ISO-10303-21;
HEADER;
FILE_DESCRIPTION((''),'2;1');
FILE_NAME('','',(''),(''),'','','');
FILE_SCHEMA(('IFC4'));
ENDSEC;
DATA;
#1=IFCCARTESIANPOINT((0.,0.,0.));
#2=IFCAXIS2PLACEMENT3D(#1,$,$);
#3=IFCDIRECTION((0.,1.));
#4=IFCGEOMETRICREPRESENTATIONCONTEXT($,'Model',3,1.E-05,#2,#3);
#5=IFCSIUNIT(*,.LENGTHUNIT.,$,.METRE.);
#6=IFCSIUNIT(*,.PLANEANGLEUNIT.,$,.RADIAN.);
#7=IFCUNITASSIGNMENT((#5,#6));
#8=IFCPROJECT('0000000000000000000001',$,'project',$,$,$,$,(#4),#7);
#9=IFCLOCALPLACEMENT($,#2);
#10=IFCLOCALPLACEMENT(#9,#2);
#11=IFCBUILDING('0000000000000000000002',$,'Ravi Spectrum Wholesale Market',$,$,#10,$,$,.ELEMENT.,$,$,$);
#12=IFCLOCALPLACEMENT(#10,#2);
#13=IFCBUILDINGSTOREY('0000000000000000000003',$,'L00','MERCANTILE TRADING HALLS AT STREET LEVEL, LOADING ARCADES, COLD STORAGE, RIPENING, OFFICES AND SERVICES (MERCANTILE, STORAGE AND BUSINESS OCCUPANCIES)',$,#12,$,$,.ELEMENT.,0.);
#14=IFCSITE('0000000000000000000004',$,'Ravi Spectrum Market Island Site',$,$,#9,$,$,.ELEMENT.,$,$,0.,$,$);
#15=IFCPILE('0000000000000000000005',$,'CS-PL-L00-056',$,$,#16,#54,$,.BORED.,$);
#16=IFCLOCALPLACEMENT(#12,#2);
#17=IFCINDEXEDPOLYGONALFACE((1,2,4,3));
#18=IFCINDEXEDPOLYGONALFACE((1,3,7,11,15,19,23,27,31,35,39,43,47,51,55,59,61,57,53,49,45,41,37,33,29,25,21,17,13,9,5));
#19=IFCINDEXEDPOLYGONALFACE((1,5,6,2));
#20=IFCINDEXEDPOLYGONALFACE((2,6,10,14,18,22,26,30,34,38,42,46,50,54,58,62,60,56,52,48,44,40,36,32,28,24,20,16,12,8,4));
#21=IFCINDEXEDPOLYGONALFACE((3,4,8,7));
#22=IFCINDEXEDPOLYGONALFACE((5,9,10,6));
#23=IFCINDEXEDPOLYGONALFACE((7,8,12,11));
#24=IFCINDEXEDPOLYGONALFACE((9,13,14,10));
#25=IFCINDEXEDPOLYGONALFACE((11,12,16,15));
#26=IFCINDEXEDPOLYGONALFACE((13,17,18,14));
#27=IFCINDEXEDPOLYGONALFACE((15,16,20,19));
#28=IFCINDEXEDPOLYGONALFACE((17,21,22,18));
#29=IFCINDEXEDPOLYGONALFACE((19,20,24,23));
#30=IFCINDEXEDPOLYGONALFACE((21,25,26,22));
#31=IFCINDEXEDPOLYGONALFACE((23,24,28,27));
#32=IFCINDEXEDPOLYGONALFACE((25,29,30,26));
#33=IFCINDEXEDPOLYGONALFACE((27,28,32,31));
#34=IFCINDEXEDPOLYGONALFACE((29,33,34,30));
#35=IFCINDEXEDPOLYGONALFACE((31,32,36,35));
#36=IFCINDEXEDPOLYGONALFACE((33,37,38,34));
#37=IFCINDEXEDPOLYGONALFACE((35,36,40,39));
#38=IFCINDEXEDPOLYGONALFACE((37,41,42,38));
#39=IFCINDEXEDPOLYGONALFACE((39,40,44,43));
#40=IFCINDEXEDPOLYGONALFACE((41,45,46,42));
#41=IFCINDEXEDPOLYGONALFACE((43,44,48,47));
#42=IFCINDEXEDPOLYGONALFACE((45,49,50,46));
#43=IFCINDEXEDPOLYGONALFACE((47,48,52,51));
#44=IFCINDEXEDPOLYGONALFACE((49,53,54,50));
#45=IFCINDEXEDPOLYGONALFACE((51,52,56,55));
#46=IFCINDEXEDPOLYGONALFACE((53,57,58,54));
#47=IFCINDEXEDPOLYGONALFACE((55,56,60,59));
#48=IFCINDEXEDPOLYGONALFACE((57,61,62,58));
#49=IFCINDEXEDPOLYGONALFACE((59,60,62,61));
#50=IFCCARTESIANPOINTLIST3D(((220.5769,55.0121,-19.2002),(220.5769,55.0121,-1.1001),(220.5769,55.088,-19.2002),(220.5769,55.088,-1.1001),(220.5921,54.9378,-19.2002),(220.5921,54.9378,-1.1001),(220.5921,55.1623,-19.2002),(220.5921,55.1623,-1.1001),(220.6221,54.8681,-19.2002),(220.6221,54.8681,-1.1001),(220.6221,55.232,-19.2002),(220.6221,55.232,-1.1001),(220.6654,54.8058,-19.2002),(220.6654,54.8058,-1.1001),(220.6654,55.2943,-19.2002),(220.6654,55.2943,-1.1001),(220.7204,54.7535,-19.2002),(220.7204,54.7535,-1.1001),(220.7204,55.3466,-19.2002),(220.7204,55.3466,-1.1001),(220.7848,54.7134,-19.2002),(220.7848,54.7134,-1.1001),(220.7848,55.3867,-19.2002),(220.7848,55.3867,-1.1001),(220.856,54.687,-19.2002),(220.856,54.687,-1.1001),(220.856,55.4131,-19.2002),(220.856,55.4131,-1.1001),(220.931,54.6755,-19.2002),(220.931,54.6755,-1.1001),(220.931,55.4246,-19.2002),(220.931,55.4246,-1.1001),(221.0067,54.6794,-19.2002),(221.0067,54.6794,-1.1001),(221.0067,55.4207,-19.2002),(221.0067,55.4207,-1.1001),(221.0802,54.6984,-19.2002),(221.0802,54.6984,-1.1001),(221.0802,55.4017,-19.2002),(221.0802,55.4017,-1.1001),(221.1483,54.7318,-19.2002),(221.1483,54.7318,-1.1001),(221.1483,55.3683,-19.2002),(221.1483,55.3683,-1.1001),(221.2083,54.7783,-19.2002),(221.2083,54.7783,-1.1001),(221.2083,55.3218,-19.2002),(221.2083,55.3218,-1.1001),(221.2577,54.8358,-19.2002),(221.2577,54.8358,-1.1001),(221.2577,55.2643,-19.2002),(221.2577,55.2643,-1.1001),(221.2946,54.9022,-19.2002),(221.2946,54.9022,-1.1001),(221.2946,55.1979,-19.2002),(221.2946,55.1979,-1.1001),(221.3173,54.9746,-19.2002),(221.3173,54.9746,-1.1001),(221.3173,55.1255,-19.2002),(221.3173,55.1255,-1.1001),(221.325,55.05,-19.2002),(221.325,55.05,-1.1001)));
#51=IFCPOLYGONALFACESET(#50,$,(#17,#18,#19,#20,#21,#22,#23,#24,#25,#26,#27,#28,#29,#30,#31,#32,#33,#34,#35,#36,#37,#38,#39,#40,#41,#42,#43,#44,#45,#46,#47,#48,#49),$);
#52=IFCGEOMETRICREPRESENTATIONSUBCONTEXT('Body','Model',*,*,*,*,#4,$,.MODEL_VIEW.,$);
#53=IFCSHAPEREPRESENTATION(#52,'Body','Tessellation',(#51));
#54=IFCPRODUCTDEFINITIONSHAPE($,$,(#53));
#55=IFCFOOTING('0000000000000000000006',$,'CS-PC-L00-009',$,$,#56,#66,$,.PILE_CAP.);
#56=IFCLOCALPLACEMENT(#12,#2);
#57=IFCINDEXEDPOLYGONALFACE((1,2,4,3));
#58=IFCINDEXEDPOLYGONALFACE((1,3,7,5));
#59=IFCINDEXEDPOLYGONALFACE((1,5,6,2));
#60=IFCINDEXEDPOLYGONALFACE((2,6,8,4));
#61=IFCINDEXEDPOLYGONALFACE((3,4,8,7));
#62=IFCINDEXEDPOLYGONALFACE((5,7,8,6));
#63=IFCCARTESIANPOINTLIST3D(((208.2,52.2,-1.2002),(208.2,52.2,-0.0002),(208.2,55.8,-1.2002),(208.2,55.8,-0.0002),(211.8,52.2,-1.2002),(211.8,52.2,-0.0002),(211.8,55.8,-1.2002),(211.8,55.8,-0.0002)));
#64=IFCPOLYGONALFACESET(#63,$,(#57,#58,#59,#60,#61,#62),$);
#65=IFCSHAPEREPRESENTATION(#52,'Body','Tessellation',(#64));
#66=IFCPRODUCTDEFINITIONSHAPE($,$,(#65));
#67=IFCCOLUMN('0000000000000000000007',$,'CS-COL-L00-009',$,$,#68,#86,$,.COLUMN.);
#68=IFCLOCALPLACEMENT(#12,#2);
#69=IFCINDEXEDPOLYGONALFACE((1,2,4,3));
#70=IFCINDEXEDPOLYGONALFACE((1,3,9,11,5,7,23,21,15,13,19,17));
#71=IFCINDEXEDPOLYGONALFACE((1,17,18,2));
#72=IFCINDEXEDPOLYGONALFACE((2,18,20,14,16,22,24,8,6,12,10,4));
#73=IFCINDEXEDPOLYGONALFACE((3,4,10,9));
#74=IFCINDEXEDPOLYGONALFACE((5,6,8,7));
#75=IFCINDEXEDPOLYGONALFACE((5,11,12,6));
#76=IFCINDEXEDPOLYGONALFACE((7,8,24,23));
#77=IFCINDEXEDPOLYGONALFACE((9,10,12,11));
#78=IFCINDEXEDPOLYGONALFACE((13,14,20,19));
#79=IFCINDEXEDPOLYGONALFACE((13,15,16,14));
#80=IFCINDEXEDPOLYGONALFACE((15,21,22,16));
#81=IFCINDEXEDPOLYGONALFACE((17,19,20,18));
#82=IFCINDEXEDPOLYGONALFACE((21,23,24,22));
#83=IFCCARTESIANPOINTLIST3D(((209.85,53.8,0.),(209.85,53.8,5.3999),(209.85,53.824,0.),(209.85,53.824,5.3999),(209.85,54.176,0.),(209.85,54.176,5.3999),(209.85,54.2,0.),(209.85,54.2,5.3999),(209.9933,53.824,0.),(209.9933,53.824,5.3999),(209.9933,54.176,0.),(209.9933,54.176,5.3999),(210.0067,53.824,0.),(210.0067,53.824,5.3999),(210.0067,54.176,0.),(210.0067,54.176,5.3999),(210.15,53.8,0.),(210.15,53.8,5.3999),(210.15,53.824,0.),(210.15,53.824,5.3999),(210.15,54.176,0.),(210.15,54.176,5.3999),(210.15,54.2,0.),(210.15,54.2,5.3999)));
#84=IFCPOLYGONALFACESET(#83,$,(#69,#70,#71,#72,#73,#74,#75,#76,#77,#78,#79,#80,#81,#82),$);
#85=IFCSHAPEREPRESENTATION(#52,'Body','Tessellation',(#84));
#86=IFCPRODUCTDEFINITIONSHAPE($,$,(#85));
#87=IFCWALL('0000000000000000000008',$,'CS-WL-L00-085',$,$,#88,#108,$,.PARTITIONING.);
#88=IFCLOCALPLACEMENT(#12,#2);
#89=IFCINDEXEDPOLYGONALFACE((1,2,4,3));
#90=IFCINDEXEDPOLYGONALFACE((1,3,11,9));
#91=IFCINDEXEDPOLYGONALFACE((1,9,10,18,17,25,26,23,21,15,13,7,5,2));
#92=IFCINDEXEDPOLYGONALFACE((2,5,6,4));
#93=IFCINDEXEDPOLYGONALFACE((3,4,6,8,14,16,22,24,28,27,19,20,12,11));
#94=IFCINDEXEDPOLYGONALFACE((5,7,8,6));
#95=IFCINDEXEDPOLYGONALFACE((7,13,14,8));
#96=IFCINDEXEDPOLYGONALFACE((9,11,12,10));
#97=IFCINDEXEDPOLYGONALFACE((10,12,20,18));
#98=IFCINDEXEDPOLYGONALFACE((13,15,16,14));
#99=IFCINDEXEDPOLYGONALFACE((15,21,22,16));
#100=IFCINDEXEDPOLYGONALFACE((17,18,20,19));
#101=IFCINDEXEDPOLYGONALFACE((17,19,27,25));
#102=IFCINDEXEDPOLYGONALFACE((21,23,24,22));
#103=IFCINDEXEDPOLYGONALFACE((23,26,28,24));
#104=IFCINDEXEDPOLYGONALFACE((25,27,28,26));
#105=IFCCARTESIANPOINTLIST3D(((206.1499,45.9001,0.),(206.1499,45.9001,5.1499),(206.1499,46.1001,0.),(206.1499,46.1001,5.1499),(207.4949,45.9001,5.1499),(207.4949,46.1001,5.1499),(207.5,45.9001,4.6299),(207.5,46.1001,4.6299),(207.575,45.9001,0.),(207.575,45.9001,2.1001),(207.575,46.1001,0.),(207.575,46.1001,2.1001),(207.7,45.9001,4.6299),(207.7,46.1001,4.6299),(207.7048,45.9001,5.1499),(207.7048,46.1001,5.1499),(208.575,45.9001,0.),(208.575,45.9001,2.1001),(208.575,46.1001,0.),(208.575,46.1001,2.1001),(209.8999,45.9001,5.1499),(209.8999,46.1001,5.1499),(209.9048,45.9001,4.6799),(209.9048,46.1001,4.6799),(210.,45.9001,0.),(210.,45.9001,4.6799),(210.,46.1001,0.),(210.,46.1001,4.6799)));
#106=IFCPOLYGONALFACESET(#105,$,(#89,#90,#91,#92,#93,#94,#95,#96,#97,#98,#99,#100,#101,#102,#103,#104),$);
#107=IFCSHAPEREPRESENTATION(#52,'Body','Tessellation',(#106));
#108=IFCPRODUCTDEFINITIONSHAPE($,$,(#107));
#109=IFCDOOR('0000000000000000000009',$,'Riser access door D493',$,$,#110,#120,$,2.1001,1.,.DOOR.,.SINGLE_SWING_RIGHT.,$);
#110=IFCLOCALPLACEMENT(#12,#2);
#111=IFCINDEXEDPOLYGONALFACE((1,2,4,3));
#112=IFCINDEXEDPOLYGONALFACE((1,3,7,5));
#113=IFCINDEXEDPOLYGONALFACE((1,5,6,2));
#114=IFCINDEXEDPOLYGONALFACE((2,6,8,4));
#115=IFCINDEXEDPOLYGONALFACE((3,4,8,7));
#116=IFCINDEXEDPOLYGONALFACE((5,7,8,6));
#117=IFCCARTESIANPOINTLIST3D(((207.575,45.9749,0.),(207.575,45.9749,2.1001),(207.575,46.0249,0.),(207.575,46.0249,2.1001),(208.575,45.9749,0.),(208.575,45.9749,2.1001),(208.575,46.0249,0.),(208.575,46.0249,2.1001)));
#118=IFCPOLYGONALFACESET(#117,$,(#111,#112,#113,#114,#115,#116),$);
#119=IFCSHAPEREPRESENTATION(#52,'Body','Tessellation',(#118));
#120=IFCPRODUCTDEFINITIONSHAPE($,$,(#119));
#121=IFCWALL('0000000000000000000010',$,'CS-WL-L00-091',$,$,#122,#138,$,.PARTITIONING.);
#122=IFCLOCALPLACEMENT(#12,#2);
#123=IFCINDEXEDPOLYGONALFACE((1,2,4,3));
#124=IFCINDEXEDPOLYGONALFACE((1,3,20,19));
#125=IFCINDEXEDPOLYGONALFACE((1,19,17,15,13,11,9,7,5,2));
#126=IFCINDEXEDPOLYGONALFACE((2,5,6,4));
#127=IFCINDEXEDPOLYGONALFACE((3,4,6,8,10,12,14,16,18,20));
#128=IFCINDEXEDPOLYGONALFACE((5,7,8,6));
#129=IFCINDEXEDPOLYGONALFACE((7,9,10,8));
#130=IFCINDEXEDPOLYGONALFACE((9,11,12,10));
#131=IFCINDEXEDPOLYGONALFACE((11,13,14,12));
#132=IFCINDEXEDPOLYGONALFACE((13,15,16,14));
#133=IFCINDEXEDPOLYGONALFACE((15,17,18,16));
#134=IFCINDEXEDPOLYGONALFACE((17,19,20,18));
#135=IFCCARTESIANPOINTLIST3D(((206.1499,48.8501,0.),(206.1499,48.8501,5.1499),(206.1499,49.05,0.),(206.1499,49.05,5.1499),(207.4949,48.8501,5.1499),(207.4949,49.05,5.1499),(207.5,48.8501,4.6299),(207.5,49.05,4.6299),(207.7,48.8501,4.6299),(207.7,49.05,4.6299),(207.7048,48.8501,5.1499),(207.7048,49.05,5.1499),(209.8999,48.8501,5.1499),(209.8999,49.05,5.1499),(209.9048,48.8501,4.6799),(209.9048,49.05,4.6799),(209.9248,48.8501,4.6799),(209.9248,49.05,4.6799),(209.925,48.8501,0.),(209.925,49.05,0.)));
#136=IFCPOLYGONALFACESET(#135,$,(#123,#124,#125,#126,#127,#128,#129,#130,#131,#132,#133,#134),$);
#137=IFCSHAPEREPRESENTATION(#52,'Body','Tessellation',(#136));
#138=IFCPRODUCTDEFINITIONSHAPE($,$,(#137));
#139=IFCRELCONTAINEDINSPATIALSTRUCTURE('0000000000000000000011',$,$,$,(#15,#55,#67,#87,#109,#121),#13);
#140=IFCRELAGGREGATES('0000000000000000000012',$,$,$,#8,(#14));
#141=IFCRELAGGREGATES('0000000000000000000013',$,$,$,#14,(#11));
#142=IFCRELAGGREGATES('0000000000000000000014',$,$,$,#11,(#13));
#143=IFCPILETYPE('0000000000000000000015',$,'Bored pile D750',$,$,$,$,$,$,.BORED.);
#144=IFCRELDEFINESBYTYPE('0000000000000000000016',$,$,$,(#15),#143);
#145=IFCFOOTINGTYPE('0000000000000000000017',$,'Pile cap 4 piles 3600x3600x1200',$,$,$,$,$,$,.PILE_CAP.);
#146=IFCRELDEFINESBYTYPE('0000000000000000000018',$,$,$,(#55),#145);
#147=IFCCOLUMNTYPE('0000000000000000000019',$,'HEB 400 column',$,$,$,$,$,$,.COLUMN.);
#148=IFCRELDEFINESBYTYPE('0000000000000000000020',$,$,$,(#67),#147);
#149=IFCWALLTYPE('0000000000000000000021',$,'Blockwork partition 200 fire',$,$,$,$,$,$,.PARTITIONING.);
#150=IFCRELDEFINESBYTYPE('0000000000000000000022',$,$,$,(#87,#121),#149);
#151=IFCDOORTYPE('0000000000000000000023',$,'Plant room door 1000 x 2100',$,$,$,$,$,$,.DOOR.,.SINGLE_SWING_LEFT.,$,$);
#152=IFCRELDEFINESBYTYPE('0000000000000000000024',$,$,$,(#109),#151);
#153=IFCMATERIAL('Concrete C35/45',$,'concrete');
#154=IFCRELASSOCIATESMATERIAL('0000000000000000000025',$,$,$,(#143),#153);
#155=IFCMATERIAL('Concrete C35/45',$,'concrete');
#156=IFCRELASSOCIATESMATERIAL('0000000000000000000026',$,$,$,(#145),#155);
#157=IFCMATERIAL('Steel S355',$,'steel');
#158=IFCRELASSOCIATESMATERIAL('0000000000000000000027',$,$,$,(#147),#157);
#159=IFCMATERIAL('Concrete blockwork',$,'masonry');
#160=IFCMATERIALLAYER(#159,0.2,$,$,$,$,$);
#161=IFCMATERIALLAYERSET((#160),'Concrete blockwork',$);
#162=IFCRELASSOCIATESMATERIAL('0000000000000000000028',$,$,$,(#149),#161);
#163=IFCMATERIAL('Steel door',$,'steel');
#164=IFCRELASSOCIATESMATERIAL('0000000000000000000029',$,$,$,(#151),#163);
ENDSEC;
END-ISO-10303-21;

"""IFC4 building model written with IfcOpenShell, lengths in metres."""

from ifc_helpers import new_model, si_unit, direction, frame, frame_2d, origin, origin_2d, place, context, subcontext, project, spatial, polyline, rectangle, circle, i_section, outline, extrude, material, layer, layer_set, material_profile, profile_set, type_object, element, fill, save


model = new_model("IFC4")

# Units and contexts
model_context = context("Model", 3, precision=1e-05, world=origin(), true_north=direction((0.0, 1.0)))
body_context = subcontext(model_context, "Body", "Model", "MODEL_VIEW")
ifc_project = project(units=[si_unit("LENGTHUNIT", "METRE"), si_unit("PLANEANGLEUNIT", "RADIAN")], contexts=[model_context])

# Site, building, storey
site_placement = place(None, origin())
site = spatial("IfcSite", under=ifc_project, at=site_placement, Name="Ravi Spectrum Market Island Site", CompositionType="ELEMENT", RefElevation=0.0)
building_placement = place(site_placement, origin())
building = spatial("IfcBuilding", under=site, at=building_placement, Name="Ravi Spectrum Wholesale Market", CompositionType="ELEMENT")
storey_placement = place(building_placement, origin())
storey = spatial("IfcBuildingStorey", under=building, at=storey_placement, Name="L00", Description="MERCANTILE TRADING HALLS AT STREET LEVEL, LOADING ARCADES, COLD STORAGE, RIPENING, OFFICES AND SERVICES (MERCANTILE, STORAGE AND BUSINESS OCCUPANCIES)", CompositionType="ELEMENT", Elevation=0.0)

# Pile
ifc_material_1 = material(Name="Concrete C35/45", Category="concrete")
ifc_material_profile_1 = material_profile(ifc_material_1, circle(Radius=0.375, at=origin_2d()))
ifc_profile_set_1 = profile_set([ifc_material_profile_1], Name="Concrete C35/45")
pile_type = type_object("IfcPileType", Name="Bored pile D750", PredefinedType="BORED", material=ifc_profile_set_1)
for number, where, z_axis, x_axis, name in (
    (1, (220.95, 55.05, -1.1001), (0.0, 0.0, -1.0), (1.0, 0.0, 0.0), "CS-PL-L00-056"),
):
    element("IfcPile", number, at=place(storey_placement, frame(where, z_axis=z_axis, x_axis=x_axis)), inside=storey, type_object=pile_type, Name=name, PredefinedType="BORED", context=body_context, shape_type="SweptSolid", body=[
        extrude(circle(Radius=0.375, at=origin_2d()), origin(), (0.0, 0.0, 1.0), 18.1001),
    ])

# Footing
ifc_material_2 = material(Name="Concrete C35/45", Category="concrete")
footing_type = type_object("IfcFootingType", Name="Pile cap 4 piles 3600x3600x1200", PredefinedType="PILE_CAP", material=ifc_material_2)
footing_placement = place(storey_placement, frame((210.0, 54.0, -1.2002), z_axis=(0.0, 0.0, 1.0), x_axis=(1.0, 0.0, 0.0)))
element("IfcFooting", 2, at=footing_placement, inside=storey, type_object=footing_type, Name="CS-PC-L00-009", PredefinedType="PILE_CAP", context=body_context, shape_type="SweptSolid", body=[
    extrude(rectangle(XDim=3.6001, YDim=3.6001, at=origin_2d()), origin(), (0.0, 0.0, 1.0), 1.2),
])

# Column
ifc_material_3 = material(Name="Steel S355", Category="steel")
ifc_material_profile_2 = material_profile(ifc_material_3, i_section(OverallWidth=0.3, OverallDepth=0.3999, WebThickness=0.0134, FlangeThickness=0.0239, at=origin_2d()))
ifc_profile_set_2 = profile_set([ifc_material_profile_2], Name="Steel S355")
column_type = type_object("IfcColumnType", Name="HEB 400 column", PredefinedType="COLUMN", material=ifc_profile_set_2)
column_placement = place(storey_placement, frame((210.0, 54.0, 0.0), z_axis=(0.0, 0.0, 1.0), x_axis=(1.0, 0.0, 0.0)))
element("IfcColumn", 3, at=column_placement, inside=storey, type_object=column_type, Name="CS-COL-L00-009", PredefinedType="COLUMN", context=body_context, shape_type="SweptSolid", body=[
    extrude(i_section(OverallWidth=0.3, OverallDepth=0.3999, WebThickness=0.0134, FlangeThickness=0.0239, at=origin_2d()), origin(), (0.0, 0.0, 1.0), 5.3999),
])

# Wall, opening, door
ifc_material_4 = material(Name="Concrete blockwork", Category="masonry")
ifc_layer_1 = layer(ifc_material_4, 0.2)
ifc_layer_set_1 = layer_set([ifc_layer_1], Name="Concrete blockwork")
wall_type_1 = type_object("IfcWallType", Name="Blockwork partition 200 fire", PredefinedType="PARTITIONING", material=ifc_layer_set_1)
wall_1_placement = place(storey_placement, frame((206.1499, 46.0, 0.0), z_axis=(0.0, 0.0, 1.0), x_axis=(1.0, 0.0, 0.0)))
wall_1 = element("IfcWall", 4, at=wall_1_placement, inside=storey, type_object=wall_type_1, Name="CS-WL-L00-085", PredefinedType="PARTITIONING", context=body_context, shape_type="SweptSolid", body=[
    extrude(outline(polyline([(0.0, 0.0), (3.8501, 0.0), (3.8501, 4.6799), (3.7549, 4.6799), (3.75, 5.1499), (1.5549, 5.1499), (1.55, 4.6299), (1.3501, 4.6299), (1.345, 5.1499), (0.0, 5.1499), (0.0, 0.0)])), frame((0.0, 0.1001, 0.0), z_axis=(0.0, -1.0, 0.0), x_axis=(1.0, 0.0, 0.0)), (0.0, 0.0, 1.0), 0.2),
])
opening_1_placement = place(wall_1_placement, frame((1.425, 0.0, 0.0)))
opening_1 = element("IfcOpeningElement", 5, at=opening_1_placement, cuts=wall_1, PredefinedType="OPENING", context=body_context, shape_type="SweptSolid", body=[
    extrude(rectangle(XDim=1.0, YDim=2.1001, at=frame_2d((0.5, 1.05))), frame((0.0, 0.1099, 0.0), z_axis=(0.0, -1.0, 0.0), x_axis=(1.0, 0.0, 0.0)), (0.0, 0.0, 1.0), 0.22),
])
ifc_material_5 = material(Name="Steel door", Category="steel")
door_type_1 = type_object("IfcDoorType", Name="Plant room door 1000 x 2100", OperationType="SINGLE_SWING_LEFT", PredefinedType="DOOR", material=ifc_material_5)
door_1_placement = place(opening_1_placement, origin())
door_1 = element("IfcDoor", 6, at=door_1_placement, inside=storey, type_object=door_type_1, Name="Riser access door D493", OperationType="SINGLE_SWING_RIGHT", OverallHeight=2.1001, OverallWidth=1.0, PredefinedType="DOOR", context=body_context, shape_type="SweptSolid", body=[
    extrude(rectangle(XDim=1.0, YDim=2.1001, at=frame_2d((0.5, 1.05))), frame((0.0, 0.0249, 0.0), z_axis=(0.0, -1.0, 0.0), x_axis=(1.0, 0.0, 0.0)), (0.0, 0.0, 1.0), 0.05),
])
fill(opening_1, door_1)

# Wall
wall_2_placement = place(storey_placement, frame((206.1499, 48.95, 0.0), z_axis=(0.0, 0.0, 1.0), x_axis=(1.0, 0.0, 0.0)))
element("IfcWall", 7, at=wall_2_placement, inside=storey, type_object=wall_type_1, Name="CS-WL-L00-091", PredefinedType="PARTITIONING", context=body_context, shape_type="SweptSolid", body=[
    extrude(outline(polyline([(0.0, 0.0), (3.7751, 0.0), (3.7749, 4.6799), (3.7549, 4.6799), (3.75, 5.1499), (1.5549, 5.1499), (1.55, 4.6299), (1.3501, 4.6299), (1.345, 5.1499), (0.0, 5.1499), (0.0, 0.0)])), frame((0.0, 0.1001, 0.0), z_axis=(0.0, -1.0, 0.0), x_axis=(1.0, 0.0, 0.0)), (0.0, 0.0, 1.0), 0.2),
])

save(model, "model.ifc")
